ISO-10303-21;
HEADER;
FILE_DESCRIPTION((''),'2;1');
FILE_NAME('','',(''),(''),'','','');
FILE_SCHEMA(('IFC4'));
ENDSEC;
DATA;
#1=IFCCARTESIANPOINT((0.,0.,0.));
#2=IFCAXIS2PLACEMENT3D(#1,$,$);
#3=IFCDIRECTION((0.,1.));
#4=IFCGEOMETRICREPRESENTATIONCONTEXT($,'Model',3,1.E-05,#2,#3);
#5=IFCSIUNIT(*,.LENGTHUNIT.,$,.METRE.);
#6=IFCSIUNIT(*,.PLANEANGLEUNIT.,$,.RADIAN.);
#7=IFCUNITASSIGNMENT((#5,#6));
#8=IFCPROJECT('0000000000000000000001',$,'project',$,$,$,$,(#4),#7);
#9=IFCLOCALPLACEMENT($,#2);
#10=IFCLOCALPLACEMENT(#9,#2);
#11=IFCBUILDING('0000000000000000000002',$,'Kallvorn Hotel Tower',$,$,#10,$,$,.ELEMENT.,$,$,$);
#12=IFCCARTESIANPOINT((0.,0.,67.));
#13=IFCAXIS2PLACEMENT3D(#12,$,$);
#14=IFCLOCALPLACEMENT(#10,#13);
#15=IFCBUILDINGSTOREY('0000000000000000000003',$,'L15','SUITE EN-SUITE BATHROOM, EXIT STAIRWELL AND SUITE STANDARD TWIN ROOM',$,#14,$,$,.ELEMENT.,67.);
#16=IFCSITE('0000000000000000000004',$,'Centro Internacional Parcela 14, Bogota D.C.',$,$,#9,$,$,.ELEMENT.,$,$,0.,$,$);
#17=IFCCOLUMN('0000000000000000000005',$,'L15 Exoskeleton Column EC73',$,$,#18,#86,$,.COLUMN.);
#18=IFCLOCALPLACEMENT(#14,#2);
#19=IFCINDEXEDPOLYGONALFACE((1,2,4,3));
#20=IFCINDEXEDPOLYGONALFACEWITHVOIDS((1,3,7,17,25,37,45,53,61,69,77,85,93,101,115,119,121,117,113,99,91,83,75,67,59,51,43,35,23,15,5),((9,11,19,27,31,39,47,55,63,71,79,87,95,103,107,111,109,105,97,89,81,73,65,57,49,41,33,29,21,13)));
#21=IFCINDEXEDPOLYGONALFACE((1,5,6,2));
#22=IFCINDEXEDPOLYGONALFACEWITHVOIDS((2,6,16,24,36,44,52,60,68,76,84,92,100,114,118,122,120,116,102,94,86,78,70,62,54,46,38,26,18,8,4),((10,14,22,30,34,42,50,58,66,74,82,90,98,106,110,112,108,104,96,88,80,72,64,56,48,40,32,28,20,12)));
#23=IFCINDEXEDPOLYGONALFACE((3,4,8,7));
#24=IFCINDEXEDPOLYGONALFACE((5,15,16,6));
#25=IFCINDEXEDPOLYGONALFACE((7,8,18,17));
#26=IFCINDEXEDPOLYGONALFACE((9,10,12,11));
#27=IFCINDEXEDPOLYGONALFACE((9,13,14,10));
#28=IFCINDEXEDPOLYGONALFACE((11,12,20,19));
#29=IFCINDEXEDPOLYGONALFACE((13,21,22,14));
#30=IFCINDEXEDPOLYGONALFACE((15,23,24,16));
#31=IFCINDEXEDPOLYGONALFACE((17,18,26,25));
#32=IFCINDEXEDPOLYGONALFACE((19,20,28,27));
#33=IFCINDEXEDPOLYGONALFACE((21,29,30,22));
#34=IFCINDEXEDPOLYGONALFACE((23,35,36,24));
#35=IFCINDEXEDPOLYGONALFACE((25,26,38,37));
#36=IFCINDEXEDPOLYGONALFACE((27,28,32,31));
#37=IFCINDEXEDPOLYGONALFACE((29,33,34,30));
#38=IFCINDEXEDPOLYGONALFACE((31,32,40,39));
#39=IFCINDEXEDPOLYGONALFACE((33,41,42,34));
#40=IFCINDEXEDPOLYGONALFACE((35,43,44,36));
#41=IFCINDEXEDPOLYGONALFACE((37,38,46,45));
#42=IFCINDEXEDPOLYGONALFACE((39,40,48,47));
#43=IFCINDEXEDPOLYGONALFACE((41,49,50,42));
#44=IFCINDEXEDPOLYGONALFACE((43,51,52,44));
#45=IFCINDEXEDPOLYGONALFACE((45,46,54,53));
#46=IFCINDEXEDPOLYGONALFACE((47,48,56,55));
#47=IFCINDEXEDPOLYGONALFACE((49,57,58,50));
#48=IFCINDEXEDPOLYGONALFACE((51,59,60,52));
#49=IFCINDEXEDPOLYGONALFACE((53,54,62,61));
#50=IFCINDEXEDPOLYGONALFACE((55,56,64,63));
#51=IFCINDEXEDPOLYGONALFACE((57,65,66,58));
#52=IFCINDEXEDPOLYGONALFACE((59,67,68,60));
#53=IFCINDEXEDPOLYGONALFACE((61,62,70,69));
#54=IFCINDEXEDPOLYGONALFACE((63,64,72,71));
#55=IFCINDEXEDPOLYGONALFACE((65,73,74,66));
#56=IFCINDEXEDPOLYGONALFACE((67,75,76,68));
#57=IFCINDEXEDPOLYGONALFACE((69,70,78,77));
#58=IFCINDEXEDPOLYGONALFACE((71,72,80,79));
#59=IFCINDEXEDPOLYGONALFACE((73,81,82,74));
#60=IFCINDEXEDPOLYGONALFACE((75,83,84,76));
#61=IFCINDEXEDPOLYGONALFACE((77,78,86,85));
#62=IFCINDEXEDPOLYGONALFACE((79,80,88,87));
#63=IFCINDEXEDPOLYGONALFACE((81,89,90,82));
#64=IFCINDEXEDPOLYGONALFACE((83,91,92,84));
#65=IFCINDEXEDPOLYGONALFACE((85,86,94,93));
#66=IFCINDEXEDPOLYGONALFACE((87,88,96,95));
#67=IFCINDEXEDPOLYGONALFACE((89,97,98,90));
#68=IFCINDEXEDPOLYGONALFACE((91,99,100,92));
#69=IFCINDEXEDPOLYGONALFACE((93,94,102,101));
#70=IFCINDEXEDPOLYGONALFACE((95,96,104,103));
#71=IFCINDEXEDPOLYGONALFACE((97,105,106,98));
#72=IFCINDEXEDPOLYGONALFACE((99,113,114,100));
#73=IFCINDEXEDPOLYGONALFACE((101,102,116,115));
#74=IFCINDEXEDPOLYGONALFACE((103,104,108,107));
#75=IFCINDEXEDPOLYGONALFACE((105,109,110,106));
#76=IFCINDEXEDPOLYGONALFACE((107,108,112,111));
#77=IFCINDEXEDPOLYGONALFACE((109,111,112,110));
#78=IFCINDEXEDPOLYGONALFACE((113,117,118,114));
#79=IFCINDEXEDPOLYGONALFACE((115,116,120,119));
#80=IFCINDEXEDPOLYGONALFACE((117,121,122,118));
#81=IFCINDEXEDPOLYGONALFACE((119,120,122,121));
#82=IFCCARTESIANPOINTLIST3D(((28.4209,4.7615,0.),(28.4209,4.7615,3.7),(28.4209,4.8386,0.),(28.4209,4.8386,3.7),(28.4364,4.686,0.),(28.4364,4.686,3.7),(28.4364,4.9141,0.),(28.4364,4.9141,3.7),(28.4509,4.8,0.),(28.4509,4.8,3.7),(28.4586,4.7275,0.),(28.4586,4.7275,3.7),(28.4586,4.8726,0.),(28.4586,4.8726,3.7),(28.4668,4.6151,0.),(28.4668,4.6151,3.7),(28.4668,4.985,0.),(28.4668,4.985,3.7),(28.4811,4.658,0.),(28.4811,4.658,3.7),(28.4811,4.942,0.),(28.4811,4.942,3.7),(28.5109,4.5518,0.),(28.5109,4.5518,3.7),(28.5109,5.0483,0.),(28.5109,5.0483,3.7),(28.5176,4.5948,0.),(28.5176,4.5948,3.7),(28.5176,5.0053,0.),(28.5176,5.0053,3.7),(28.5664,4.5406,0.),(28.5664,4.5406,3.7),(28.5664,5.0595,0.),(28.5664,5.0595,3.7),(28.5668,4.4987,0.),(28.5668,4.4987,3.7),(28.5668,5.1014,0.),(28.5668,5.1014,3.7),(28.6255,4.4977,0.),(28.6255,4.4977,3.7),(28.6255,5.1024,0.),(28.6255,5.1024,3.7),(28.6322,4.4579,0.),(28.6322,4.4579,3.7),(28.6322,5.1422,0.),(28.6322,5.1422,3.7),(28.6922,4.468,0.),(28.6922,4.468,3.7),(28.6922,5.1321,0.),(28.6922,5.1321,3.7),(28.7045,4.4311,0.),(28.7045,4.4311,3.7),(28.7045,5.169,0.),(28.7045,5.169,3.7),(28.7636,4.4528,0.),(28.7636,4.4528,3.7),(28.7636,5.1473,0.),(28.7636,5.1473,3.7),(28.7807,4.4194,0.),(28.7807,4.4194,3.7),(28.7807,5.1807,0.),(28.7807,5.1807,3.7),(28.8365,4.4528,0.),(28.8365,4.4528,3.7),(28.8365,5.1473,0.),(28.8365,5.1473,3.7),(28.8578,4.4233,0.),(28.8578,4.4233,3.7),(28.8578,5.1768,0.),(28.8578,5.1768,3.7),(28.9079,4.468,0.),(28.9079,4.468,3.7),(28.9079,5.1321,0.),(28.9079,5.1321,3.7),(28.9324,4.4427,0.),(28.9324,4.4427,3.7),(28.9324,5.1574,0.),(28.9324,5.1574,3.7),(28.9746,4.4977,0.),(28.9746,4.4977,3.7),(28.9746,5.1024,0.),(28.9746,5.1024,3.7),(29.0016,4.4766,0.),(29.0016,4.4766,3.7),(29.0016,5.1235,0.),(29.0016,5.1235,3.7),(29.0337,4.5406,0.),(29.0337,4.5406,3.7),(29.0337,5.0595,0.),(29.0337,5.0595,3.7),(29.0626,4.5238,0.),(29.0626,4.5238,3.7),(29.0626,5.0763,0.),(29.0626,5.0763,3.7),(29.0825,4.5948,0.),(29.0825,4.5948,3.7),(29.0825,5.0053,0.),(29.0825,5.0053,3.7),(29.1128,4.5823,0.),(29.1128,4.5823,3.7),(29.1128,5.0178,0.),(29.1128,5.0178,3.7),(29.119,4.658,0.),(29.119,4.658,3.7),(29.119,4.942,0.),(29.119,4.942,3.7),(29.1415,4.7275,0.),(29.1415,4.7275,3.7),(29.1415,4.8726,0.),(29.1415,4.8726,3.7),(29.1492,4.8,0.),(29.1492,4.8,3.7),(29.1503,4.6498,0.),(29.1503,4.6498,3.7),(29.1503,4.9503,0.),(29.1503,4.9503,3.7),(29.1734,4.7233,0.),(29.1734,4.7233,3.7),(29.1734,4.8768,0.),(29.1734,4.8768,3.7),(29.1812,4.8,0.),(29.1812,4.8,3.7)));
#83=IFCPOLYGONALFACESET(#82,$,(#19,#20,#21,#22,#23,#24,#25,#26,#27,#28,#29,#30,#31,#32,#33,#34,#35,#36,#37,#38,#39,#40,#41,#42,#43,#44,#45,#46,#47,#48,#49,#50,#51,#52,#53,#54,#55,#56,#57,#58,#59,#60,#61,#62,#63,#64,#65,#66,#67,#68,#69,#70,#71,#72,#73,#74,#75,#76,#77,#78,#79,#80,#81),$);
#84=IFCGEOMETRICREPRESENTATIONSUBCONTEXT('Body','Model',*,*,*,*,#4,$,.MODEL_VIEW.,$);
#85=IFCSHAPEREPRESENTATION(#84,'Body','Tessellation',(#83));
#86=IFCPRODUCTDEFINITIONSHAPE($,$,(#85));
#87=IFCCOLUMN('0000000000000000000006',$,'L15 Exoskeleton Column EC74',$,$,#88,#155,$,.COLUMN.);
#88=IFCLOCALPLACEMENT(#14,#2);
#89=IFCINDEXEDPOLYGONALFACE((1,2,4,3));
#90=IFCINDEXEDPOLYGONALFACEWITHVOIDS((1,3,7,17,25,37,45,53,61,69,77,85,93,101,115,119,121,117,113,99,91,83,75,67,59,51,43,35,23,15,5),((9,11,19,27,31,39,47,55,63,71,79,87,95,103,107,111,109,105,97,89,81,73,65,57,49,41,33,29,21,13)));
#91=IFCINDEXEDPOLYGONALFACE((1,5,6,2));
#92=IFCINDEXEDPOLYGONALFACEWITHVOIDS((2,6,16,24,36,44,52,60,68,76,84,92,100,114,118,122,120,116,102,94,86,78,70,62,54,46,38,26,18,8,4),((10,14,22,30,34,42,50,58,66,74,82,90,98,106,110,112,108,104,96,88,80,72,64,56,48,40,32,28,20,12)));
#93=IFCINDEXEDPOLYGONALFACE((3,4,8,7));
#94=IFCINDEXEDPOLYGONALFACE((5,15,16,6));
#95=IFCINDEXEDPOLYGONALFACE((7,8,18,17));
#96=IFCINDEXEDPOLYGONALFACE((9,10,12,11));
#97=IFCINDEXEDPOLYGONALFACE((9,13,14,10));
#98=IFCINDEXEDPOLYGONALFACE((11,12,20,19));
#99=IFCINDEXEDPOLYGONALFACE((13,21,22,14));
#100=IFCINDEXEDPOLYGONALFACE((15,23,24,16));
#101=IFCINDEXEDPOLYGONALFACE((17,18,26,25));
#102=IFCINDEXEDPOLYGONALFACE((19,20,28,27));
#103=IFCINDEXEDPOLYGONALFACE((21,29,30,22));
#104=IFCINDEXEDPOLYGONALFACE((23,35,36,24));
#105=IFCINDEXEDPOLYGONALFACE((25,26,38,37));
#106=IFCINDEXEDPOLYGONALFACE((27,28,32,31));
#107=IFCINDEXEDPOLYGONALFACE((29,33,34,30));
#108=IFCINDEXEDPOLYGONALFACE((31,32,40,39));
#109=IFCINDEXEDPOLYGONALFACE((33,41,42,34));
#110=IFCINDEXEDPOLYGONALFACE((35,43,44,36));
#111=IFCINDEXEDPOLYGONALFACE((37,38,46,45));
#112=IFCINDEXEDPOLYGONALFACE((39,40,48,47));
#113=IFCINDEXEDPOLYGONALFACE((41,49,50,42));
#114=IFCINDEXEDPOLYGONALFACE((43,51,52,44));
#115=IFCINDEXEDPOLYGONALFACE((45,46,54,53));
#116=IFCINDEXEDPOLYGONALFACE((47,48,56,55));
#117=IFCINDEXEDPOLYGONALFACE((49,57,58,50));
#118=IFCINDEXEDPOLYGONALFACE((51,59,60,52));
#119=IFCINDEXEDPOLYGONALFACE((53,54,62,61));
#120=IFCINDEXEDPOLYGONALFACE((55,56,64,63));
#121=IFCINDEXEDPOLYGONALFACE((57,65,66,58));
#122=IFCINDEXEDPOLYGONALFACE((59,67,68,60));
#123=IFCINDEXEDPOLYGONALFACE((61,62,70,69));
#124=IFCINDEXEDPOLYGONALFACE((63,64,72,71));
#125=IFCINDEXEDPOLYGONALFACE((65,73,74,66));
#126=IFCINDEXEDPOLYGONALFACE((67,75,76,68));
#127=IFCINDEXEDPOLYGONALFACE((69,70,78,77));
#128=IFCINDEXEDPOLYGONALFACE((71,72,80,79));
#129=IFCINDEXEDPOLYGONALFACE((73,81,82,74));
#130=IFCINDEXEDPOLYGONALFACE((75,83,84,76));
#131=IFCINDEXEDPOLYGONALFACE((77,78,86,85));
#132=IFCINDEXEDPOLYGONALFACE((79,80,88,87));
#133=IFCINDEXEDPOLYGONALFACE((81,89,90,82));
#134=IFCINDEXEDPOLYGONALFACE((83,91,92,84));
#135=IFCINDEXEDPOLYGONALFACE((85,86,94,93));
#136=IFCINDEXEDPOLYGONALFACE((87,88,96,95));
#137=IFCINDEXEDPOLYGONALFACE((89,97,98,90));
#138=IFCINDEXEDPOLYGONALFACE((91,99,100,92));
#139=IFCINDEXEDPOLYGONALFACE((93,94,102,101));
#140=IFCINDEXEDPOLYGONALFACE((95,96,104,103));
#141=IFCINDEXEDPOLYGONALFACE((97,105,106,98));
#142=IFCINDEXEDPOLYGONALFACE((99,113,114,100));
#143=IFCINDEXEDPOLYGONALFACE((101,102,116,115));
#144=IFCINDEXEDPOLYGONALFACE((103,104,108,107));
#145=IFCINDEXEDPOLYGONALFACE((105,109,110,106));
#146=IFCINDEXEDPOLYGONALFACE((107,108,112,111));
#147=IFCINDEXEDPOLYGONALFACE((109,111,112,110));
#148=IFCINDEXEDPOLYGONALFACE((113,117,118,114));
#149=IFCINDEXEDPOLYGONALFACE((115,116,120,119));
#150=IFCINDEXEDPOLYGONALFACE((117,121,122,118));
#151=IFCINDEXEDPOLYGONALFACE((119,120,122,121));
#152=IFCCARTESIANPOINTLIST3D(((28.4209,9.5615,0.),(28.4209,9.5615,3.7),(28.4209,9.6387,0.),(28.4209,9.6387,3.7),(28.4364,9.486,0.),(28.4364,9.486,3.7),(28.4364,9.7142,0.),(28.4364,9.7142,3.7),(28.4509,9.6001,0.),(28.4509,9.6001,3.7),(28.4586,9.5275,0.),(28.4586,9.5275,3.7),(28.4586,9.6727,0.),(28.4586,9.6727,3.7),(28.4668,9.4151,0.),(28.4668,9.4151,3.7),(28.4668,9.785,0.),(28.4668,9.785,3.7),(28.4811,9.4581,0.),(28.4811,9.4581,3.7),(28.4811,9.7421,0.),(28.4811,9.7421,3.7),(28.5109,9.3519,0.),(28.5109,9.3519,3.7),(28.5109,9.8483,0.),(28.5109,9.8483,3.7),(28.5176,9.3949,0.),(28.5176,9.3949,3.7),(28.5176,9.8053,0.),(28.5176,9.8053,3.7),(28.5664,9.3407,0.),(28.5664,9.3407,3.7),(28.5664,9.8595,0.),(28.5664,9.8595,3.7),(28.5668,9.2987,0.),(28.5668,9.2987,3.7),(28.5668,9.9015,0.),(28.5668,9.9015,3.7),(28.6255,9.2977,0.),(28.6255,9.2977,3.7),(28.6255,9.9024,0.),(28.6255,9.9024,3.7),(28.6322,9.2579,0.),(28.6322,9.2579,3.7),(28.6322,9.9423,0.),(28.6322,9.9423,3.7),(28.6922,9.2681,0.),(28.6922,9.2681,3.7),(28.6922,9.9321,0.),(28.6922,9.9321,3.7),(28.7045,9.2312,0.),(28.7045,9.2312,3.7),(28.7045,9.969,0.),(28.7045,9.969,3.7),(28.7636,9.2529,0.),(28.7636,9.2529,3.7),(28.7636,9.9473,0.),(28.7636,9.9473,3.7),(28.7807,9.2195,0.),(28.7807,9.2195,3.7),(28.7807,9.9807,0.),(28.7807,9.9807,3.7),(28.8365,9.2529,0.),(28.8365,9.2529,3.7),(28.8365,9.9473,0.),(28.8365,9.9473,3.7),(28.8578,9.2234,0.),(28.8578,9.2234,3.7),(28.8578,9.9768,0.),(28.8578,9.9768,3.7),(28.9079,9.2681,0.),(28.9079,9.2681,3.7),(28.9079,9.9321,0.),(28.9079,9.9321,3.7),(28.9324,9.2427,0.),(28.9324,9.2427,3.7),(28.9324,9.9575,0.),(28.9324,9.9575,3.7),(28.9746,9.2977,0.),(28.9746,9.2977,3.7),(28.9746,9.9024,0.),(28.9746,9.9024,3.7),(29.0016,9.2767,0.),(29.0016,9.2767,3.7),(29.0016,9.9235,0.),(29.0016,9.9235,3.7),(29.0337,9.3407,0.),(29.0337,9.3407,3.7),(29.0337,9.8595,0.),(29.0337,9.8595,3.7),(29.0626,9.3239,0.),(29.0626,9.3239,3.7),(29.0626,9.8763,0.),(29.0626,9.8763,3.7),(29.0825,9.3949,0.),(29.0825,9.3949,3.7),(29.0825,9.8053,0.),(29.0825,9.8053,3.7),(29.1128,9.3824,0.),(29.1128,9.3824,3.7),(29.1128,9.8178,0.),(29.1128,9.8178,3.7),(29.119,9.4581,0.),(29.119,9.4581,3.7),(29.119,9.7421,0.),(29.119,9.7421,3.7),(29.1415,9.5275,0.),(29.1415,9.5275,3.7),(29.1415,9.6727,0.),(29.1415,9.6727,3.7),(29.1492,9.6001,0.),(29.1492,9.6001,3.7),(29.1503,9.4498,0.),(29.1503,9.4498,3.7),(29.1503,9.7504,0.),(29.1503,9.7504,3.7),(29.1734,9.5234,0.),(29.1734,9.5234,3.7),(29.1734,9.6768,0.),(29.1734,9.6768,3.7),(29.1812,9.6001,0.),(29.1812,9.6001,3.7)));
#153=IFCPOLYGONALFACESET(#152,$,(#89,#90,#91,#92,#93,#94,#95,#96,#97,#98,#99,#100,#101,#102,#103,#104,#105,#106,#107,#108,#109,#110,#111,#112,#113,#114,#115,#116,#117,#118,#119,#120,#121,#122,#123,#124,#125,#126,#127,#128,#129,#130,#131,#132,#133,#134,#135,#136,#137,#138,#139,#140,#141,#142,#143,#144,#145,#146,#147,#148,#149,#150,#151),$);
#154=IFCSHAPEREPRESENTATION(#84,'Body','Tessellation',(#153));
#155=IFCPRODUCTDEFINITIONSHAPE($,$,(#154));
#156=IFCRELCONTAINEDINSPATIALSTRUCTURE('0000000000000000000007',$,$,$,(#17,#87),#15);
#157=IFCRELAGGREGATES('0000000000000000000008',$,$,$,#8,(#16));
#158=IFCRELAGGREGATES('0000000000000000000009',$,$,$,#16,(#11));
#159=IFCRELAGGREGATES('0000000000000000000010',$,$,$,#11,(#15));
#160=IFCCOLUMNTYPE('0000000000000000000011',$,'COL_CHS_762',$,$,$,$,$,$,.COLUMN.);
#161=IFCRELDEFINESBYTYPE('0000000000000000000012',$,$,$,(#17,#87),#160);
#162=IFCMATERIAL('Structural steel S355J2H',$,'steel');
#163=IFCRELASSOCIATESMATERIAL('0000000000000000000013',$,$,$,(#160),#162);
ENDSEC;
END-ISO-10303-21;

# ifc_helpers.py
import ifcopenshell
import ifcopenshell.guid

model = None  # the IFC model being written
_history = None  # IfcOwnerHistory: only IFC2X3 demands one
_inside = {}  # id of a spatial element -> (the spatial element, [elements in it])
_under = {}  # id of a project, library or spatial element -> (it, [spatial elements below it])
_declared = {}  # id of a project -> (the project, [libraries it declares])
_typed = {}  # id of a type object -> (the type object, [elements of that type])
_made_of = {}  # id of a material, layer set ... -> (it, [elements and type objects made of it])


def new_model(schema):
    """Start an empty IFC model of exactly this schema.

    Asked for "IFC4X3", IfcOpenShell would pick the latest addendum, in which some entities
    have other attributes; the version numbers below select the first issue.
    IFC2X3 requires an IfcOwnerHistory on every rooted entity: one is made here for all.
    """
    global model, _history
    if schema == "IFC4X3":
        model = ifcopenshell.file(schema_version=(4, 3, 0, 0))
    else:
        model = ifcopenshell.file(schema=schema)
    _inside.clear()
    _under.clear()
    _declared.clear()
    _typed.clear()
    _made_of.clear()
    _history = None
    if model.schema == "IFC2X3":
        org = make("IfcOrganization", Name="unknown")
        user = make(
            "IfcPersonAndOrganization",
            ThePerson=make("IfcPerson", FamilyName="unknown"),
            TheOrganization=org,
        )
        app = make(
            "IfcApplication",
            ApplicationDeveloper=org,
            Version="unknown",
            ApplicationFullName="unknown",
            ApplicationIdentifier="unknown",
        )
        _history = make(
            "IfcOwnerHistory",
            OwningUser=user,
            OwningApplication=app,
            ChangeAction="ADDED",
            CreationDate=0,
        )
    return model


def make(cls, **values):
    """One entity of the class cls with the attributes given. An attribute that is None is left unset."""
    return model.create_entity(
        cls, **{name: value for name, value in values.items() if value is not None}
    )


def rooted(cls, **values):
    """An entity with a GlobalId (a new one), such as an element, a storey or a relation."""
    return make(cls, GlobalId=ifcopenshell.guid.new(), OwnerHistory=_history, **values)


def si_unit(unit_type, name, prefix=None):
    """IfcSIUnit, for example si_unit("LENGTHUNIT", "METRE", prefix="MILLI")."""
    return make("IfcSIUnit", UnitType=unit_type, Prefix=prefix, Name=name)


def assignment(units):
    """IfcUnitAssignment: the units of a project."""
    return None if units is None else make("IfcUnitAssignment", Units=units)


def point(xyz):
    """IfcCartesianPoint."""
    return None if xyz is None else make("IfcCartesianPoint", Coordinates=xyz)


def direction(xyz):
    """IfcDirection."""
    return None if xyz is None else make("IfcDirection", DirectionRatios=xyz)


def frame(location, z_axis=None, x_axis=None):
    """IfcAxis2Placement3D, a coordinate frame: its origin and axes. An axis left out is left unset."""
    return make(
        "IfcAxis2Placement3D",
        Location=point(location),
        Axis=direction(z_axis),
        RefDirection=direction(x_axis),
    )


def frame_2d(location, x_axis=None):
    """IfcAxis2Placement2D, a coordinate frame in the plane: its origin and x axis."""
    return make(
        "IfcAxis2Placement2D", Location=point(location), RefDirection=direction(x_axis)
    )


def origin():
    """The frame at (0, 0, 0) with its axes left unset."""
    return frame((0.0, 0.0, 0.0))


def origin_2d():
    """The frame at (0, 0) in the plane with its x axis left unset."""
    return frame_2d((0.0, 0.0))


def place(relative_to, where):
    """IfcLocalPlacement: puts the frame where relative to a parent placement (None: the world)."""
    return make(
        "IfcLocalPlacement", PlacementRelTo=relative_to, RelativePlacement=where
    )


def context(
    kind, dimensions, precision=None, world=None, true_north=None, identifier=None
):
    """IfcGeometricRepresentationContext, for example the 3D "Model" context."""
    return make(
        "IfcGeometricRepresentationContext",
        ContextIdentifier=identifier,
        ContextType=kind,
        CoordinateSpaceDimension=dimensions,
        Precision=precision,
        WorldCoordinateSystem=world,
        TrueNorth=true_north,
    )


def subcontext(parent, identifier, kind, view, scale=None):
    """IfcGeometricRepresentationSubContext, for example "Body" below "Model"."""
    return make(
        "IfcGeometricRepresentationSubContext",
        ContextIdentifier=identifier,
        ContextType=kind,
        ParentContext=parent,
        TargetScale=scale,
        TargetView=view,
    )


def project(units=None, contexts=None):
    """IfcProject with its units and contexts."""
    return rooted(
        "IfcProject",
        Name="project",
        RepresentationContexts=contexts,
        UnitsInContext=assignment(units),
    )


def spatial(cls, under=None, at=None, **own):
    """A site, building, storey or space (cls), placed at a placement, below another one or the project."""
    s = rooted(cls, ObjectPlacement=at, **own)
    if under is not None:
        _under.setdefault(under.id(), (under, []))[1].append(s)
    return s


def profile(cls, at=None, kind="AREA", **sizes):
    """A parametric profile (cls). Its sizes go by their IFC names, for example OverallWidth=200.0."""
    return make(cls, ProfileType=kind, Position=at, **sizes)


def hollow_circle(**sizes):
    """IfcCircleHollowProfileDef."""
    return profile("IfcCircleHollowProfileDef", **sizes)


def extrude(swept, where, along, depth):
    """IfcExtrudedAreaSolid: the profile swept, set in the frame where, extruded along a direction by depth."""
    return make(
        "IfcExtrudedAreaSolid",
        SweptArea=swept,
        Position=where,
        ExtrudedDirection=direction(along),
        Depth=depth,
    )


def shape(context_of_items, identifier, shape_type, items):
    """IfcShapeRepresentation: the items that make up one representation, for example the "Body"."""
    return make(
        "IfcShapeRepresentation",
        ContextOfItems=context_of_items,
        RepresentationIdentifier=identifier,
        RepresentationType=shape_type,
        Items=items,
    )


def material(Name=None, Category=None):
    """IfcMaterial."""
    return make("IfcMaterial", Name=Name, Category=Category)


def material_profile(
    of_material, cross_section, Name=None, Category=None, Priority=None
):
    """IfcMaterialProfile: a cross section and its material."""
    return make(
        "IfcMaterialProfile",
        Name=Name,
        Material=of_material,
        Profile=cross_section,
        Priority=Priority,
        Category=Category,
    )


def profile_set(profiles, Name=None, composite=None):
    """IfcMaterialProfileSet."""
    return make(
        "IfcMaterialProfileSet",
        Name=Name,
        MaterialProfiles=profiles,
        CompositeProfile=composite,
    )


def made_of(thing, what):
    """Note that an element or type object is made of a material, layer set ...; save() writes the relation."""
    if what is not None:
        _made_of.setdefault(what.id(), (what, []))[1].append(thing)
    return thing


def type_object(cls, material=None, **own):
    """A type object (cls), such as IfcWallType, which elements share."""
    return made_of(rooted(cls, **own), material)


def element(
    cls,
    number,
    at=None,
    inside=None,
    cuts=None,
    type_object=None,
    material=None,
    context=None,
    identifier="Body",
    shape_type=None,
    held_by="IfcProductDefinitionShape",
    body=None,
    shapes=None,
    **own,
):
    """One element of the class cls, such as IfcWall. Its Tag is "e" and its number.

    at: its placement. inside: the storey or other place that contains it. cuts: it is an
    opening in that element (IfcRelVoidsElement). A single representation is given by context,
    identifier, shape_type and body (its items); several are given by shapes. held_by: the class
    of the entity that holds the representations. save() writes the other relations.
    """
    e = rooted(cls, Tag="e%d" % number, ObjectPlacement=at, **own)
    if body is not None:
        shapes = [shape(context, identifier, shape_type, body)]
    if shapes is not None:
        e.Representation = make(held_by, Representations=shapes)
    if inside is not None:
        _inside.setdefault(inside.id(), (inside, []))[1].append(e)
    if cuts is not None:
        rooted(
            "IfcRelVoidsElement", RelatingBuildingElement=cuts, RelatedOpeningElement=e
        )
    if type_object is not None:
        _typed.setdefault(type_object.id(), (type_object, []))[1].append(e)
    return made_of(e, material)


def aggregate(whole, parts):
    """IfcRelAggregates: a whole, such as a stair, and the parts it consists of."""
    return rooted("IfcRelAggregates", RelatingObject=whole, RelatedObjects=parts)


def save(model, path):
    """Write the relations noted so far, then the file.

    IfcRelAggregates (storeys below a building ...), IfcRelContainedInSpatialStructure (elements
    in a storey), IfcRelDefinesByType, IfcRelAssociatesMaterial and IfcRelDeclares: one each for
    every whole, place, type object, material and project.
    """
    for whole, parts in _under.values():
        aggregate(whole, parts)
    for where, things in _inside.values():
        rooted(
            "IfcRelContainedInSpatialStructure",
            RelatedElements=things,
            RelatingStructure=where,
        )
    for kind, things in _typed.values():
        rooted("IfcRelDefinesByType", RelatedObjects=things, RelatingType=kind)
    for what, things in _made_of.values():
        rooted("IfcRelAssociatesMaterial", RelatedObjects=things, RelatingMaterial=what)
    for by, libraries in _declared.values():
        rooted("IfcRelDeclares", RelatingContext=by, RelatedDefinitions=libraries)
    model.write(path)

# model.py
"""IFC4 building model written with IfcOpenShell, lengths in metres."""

from ifc_helpers import new_model, si_unit, direction, frame, origin, origin_2d, place, context, subcontext, project, spatial, hollow_circle, extrude, material, material_profile, profile_set, type_object, element, save


model = new_model("IFC4")

# Units and contexts
model_context = context("Model", 3, precision=1e-05, world=origin(), true_north=direction((0.0, 1.0)))
body_context = subcontext(model_context, "Body", "Model", "MODEL_VIEW")
ifc_project = project(units=[si_unit("LENGTHUNIT", "METRE"), si_unit("PLANEANGLEUNIT", "RADIAN")], contexts=[model_context])

# Site, building, storey
site_placement = place(None, origin())
site = spatial("IfcSite", under=ifc_project, at=site_placement, Name="Centro Internacional Parcela 14, Bogota D.C.", CompositionType="ELEMENT", RefElevation=0.0)
building_placement = place(site_placement, origin())
building = spatial("IfcBuilding", under=site, at=building_placement, Name="Kallvorn Hotel Tower", CompositionType="ELEMENT")
storey_placement = place(building_placement, frame((0.0, 0.0, 67.0)))
storey = spatial("IfcBuildingStorey", under=building, at=storey_placement, Name="L15", Description="SUITE EN-SUITE BATHROOM, EXIT STAIRWELL AND SUITE STANDARD TWIN ROOM", CompositionType="ELEMENT", Elevation=67.0)

# Columns
ifc_material_1 = material(Name="Structural steel S355J2H", Category="steel")
ifc_material_profile_1 = material_profile(ifc_material_1, hollow_circle(Radius=0.3811, WallThickness=0.032, at=origin_2d()), Name="CHS 762x32")
ifc_profile_set_1 = profile_set([ifc_material_profile_1], Name="Structural steel S355J2H")
column_type_1 = type_object("IfcColumnType", Name="COL_CHS_762", PredefinedType="COLUMN", material=ifc_profile_set_1)
for number, where, z_axis, x_axis, name in (
    (1, (28.8, 4.8, 0.0), (0.0, 0.0, 1.0), (1.0, 0.0, 0.0), "L15 Exoskeleton Column EC73"),
    (2, (28.8, 9.6001, 0.0), (0.0, 0.0, 1.0), (1.0, 0.0, 0.0), "L15 Exoskeleton Column EC74"),
):
    element("IfcColumn", number, at=place(storey_placement, frame(where, z_axis=z_axis, x_axis=x_axis)), inside=storey, type_object=column_type_1, Name=name, PredefinedType="COLUMN", context=body_context, shape_type="SweptSolid", body=[
        extrude(hollow_circle(Radius=0.3811, WallThickness=0.032, at=origin_2d()), origin(), (0.0, 0.0, 1.0), 3.7),
    ])

save(model, "model.ifc")
